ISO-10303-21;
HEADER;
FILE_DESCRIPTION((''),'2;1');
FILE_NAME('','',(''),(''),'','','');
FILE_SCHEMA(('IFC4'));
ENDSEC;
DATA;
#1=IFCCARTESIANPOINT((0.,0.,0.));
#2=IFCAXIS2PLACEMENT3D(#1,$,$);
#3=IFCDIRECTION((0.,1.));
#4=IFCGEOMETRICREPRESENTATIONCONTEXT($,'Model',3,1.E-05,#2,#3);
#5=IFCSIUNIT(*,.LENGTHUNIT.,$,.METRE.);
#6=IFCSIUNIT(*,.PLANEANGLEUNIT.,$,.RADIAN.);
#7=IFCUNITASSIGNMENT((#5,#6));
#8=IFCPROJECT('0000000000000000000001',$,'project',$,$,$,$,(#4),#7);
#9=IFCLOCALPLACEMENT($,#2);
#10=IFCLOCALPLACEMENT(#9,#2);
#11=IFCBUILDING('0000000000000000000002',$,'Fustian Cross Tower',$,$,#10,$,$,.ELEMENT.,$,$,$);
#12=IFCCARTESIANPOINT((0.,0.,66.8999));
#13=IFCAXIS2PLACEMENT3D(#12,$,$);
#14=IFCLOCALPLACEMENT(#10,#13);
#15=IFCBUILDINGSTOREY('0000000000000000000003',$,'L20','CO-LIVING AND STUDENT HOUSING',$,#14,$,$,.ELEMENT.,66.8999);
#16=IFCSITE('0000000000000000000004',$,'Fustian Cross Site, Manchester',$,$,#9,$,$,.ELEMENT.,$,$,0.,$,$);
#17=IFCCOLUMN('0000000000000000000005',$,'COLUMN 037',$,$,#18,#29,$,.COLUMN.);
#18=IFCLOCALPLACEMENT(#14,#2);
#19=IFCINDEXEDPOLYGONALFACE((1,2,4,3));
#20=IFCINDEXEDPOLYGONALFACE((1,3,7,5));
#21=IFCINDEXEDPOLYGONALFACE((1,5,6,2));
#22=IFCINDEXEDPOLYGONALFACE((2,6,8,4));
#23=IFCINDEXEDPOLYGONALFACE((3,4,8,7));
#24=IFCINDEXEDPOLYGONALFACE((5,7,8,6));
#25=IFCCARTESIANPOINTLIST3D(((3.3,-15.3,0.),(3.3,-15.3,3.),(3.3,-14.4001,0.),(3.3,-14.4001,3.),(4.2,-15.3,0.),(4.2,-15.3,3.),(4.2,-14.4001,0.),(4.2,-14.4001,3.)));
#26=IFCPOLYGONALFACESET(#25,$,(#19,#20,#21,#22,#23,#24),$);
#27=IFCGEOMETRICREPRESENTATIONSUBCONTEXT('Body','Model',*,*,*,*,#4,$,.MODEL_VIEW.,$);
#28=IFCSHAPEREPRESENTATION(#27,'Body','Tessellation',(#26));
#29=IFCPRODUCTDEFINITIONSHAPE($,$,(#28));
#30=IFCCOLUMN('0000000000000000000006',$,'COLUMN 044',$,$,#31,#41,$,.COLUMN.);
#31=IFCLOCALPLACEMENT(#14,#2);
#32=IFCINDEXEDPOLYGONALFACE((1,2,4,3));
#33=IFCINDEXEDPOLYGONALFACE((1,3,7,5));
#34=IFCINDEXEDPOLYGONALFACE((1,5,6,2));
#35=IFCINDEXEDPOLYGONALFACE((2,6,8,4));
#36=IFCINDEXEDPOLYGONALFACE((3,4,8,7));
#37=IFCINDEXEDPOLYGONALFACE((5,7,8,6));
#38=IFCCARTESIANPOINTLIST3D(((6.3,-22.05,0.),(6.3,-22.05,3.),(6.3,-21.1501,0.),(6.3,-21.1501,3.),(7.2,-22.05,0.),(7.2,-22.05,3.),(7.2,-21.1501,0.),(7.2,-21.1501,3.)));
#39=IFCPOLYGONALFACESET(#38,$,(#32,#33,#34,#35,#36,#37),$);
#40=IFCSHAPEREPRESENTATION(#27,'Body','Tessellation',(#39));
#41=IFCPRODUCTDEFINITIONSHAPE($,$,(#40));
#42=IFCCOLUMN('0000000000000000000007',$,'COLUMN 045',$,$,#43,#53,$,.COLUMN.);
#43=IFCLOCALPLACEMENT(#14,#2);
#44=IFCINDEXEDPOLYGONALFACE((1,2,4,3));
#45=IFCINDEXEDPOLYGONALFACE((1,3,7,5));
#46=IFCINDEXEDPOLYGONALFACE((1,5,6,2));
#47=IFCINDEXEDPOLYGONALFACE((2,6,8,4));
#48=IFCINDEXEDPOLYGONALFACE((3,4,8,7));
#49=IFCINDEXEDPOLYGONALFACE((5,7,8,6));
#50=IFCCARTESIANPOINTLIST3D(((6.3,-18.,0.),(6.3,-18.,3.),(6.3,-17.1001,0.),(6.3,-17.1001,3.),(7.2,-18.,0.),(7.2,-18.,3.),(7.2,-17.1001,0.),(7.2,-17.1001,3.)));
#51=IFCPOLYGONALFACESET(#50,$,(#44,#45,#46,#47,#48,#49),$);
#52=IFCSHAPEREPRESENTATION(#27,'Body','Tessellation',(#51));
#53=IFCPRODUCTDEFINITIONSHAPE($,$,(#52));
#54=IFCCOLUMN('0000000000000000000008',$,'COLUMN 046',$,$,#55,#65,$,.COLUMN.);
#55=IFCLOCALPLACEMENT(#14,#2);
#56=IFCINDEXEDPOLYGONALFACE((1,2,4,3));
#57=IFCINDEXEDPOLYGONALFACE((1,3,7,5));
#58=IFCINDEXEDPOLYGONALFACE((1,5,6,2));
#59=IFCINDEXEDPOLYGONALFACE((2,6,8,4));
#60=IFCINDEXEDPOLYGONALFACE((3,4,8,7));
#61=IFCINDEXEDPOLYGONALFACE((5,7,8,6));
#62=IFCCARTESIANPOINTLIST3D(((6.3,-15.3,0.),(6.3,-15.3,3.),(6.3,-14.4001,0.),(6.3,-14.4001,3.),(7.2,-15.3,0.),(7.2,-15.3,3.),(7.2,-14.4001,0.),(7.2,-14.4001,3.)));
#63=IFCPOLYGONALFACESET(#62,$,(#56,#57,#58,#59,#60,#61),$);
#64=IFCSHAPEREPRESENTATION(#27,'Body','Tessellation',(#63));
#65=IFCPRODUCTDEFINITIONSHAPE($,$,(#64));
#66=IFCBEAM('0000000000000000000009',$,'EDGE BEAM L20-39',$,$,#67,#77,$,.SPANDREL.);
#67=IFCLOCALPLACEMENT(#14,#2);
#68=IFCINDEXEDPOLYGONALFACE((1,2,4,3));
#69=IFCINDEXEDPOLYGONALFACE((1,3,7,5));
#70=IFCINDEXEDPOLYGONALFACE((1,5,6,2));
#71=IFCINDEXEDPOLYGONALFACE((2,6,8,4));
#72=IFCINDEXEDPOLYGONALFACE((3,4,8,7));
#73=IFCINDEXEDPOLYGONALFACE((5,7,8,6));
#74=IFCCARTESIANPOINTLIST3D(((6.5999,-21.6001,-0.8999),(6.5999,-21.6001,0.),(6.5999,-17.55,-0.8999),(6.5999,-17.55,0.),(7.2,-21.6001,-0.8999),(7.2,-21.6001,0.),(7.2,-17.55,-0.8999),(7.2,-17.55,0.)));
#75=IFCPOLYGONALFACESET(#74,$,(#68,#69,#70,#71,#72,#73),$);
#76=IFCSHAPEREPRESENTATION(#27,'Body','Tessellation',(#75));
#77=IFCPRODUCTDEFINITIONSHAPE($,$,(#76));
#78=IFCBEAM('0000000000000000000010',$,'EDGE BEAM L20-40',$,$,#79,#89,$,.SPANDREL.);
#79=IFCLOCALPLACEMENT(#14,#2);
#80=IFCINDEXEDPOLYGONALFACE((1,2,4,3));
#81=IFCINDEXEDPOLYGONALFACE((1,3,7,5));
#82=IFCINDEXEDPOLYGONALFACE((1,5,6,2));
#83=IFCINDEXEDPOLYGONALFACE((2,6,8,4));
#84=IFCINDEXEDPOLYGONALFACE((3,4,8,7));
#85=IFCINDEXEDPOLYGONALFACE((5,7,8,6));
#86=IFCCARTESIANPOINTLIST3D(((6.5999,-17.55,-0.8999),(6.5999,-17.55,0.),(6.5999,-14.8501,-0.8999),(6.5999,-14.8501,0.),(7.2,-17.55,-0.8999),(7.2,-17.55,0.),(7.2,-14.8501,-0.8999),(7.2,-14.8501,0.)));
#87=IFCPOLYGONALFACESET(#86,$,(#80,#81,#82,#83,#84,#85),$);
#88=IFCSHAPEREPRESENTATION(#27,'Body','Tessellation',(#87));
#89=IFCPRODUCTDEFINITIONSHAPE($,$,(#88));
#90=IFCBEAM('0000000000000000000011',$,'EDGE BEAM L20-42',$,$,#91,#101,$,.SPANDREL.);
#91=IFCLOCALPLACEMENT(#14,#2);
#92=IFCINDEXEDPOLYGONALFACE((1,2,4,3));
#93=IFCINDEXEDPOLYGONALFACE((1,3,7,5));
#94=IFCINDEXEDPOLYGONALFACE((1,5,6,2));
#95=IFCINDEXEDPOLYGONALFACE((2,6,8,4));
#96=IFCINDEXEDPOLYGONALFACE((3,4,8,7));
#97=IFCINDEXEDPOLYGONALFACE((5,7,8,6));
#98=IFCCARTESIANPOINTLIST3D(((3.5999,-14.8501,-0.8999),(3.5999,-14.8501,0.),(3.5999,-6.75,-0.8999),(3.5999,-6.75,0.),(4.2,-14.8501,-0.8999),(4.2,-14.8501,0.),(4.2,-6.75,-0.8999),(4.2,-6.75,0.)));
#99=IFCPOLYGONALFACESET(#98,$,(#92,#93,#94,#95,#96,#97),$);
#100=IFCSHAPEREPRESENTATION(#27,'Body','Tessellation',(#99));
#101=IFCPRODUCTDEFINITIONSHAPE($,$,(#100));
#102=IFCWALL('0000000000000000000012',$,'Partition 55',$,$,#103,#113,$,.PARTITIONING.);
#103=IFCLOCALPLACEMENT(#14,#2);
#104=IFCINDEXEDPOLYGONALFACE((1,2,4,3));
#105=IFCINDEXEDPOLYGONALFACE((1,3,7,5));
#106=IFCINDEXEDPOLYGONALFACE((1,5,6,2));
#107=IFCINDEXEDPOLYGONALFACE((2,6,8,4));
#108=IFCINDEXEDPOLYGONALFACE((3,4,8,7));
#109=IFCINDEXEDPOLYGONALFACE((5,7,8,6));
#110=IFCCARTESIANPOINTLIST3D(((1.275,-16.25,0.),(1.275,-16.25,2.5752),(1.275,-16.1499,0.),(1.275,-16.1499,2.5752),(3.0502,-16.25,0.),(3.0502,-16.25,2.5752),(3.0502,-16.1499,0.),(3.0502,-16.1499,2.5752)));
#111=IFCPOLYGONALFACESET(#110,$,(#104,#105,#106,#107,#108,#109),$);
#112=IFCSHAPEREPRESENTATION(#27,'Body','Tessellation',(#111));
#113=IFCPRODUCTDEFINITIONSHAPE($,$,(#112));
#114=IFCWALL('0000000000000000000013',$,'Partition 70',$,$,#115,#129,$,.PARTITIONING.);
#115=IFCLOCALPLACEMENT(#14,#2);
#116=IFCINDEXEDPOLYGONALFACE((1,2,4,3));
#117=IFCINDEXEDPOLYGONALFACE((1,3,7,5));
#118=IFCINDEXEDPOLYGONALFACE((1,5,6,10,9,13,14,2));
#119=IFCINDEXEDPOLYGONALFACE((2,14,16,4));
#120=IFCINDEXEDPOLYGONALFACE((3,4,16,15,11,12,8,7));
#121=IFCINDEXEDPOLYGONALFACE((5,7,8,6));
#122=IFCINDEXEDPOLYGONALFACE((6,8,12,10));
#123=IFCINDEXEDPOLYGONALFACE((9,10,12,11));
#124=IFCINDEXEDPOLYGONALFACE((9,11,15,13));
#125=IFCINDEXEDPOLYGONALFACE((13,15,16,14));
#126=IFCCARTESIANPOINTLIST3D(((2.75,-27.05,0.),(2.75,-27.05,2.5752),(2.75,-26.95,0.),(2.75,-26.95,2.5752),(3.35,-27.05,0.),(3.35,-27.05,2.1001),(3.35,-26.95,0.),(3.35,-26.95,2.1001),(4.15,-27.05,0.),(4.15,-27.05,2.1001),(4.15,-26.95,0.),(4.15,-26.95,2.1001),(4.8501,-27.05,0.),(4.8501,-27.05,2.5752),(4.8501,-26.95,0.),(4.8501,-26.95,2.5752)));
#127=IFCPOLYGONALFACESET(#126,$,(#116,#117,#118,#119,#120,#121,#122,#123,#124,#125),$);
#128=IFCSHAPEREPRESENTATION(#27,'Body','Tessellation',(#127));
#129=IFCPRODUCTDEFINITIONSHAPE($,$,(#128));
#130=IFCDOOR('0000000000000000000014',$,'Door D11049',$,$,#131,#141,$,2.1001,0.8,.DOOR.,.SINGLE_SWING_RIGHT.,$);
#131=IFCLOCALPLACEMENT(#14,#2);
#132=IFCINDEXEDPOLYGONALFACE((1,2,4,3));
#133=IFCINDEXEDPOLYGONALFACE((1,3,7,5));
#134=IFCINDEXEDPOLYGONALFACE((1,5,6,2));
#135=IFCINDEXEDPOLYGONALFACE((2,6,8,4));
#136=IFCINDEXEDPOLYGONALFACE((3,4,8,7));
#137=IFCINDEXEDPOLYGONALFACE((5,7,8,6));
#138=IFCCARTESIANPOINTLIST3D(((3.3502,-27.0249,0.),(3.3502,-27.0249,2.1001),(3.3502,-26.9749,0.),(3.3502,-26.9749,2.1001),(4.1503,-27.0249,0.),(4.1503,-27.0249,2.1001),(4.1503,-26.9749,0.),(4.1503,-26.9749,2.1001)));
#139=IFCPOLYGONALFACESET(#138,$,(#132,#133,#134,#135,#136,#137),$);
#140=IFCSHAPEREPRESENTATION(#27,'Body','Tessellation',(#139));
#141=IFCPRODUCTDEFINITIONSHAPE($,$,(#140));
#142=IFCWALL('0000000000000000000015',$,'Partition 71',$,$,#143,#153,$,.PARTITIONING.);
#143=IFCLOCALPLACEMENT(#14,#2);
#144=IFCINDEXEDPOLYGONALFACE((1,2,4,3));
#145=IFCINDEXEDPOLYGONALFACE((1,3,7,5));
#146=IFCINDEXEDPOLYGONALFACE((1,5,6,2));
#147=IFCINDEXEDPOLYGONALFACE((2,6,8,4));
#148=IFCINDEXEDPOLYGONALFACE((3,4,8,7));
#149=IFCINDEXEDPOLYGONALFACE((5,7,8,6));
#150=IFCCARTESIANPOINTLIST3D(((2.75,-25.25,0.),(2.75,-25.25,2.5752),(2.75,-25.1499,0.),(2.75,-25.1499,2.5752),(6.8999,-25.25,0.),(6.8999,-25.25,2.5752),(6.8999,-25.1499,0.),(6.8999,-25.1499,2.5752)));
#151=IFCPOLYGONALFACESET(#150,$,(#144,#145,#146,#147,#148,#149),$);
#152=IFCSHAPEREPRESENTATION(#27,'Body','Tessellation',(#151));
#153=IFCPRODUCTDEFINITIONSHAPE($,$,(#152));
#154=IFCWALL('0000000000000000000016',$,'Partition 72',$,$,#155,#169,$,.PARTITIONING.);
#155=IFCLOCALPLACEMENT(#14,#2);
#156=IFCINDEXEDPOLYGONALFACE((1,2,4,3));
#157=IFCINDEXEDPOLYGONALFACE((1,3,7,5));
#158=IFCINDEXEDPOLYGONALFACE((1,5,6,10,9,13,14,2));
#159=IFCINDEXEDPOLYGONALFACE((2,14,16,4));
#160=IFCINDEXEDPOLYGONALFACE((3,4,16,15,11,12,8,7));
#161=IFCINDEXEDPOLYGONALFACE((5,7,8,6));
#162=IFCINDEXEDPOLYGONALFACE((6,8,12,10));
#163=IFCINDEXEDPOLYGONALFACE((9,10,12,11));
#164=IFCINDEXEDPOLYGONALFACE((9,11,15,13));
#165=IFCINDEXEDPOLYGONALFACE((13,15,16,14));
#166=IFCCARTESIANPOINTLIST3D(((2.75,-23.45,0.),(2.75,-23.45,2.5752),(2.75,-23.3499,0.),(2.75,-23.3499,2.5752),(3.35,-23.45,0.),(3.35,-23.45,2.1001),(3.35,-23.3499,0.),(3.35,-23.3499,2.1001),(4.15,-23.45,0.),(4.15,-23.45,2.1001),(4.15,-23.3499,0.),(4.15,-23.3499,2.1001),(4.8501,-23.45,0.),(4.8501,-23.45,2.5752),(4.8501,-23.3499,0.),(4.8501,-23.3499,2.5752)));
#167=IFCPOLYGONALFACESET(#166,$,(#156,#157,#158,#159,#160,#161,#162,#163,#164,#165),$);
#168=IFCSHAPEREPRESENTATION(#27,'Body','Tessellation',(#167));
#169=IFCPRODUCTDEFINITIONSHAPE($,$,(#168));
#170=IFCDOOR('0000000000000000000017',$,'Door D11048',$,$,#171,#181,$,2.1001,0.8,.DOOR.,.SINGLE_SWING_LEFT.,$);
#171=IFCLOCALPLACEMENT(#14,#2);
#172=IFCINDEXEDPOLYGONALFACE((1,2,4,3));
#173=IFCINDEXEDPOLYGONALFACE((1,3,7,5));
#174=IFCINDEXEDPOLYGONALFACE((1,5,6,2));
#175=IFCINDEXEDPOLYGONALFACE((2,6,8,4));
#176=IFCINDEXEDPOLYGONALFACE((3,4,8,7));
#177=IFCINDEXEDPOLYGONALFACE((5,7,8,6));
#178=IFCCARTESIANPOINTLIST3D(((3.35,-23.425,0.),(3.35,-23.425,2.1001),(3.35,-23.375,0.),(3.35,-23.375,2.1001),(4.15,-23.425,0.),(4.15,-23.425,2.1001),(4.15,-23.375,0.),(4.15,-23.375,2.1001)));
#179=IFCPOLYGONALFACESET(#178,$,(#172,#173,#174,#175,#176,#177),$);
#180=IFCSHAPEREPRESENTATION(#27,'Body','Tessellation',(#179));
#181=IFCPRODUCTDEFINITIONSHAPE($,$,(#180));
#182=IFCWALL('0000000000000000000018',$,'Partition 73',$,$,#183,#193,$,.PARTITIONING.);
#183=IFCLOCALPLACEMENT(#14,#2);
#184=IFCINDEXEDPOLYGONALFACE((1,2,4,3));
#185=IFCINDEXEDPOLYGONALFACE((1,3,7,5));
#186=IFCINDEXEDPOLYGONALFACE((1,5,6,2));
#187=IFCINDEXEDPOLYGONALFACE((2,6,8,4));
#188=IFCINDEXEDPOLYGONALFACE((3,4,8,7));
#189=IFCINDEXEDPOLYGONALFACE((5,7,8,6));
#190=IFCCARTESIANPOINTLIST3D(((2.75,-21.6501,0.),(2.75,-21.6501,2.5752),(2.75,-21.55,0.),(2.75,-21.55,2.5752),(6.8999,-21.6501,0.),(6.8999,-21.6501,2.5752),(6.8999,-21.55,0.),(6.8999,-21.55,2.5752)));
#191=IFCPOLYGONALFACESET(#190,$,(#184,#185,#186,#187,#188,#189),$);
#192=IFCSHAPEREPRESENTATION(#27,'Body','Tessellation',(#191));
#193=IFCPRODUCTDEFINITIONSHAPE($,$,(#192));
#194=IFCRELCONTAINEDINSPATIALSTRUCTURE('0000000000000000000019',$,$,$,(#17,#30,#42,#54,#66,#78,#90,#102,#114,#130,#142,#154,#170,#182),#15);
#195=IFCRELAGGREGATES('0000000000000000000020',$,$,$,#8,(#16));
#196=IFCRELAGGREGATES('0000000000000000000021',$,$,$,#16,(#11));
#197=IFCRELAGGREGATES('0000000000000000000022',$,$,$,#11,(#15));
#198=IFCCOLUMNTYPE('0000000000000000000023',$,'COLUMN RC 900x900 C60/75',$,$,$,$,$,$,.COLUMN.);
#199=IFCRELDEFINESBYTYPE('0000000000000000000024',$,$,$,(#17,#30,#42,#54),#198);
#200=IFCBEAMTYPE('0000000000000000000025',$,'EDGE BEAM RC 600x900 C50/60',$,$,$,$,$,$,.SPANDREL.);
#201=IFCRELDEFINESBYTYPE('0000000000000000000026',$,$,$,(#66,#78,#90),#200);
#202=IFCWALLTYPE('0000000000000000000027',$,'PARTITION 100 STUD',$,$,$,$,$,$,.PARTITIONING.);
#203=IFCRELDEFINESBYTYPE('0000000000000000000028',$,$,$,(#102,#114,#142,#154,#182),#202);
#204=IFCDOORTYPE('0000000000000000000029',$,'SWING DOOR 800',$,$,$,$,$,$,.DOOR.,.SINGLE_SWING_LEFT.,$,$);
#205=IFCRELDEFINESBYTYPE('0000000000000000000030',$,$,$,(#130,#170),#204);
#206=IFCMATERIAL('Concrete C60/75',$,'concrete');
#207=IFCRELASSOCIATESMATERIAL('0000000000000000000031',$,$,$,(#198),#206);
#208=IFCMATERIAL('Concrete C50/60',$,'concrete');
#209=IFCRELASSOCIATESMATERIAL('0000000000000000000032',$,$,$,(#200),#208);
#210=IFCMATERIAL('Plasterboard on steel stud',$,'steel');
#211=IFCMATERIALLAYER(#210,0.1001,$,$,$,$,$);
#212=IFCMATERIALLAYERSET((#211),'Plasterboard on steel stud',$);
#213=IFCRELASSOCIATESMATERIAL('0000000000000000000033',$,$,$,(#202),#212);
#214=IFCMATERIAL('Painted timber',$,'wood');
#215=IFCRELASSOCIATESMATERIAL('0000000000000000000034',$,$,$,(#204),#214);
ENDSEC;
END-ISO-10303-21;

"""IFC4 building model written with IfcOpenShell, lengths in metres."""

from ifc_helpers import new_model, si_unit, direction, frame, frame_2d, origin, origin_2d, place, context, subcontext, project, spatial, rectangle, extrude, material, layer, layer_set, material_profile, profile_set, type_object, element, fill, save


model = new_model("IFC4")

# Units and contexts
model_context = context("Model", 3, precision=1e-05, world=origin(), true_north=direction((0.0, 1.0)))
body_context = subcontext(model_context, "Body", "Model", "MODEL_VIEW")
ifc_project = project(units=[si_unit("LENGTHUNIT", "METRE"), si_unit("PLANEANGLEUNIT", "RADIAN")], contexts=[model_context])

# Site, building, storey
site_placement = place(None, origin())
site = spatial("IfcSite", under=ifc_project, at=site_placement, Name="Fustian Cross Site, Manchester", CompositionType="ELEMENT", RefElevation=0.0)
building_placement = place(site_placement, origin())
building = spatial("IfcBuilding", under=site, at=building_placement, Name="Fustian Cross Tower", CompositionType="ELEMENT")
storey_placement = place(building_placement, frame((0.0, 0.0, 66.8999)))
storey = spatial("IfcBuildingStorey", under=building, at=storey_placement, Name="L20", Description="CO-LIVING AND STUDENT HOUSING", CompositionType="ELEMENT", Elevation=66.8999)

# Columns
ifc_material_1 = material(Name="Concrete C60/75", Category="concrete")
ifc_material_profile_1 = material_profile(ifc_material_1, rectangle(XDim=0.8999, YDim=0.8999, at=origin_2d()), Name="RC 900x900")
ifc_profile_set_1 = profile_set([ifc_material_profile_1], Name="Concrete C60/75")
column_type = type_object("IfcColumnType", Name="COLUMN RC 900x900 C60/75", PredefinedType="COLUMN", material=ifc_profile_set_1)
for number, where, z_axis, x_axis, name in (
    (1, (3.75, -14.8501, 0.0), (0.0, 0.0, 1.0), (1.0, 0.0, 0.0), "COLUMN 037"),
    (2, (6.75, -21.6001, 0.0), (0.0, 0.0, 1.0), (1.0, 0.0, 0.0), "COLUMN 044"),
    (3, (6.75, -17.55, 0.0), (0.0, 0.0, 1.0), (1.0, 0.0, 0.0), "COLUMN 045"),
    (4, (6.75, -14.8501, 0.0), (0.0, 0.0, 1.0), (1.0, 0.0, 0.0), "COLUMN 046"),
):
    element("IfcColumn", number, at=place(storey_placement, frame(where, z_axis=z_axis, x_axis=x_axis)), inside=storey, type_object=column_type, Name=name, PredefinedType="COLUMN", context=body_context, shape_type="SweptSolid", body=[
        extrude(rectangle(XDim=0.8999, YDim=0.8999, at=origin_2d()), origin(), (0.0, 0.0, 1.0), 3.0),
    ])

# Beams
ifc_material_2 = material(Name="Concrete C50/60", Category="concrete")
ifc_material_profile_2 = material_profile(ifc_material_2, rectangle(XDim=0.6001, YDim=0.8999, at=origin_2d()), Name="RC 600x900")
ifc_profile_set_2 = profile_set([ifc_material_profile_2], Name="Concrete C50/60")
beam_type = type_object("IfcBeamType", Name="EDGE BEAM RC 600x900 C50/60", PredefinedType="SPANDREL", material=ifc_profile_set_2)
beam_1_placement = place(storey_placement, frame((6.8999, -21.6001, -0.45), z_axis=(0.0, 1.0, 0.0), x_axis=(-1.0, 0.0, 0.0)))
element("IfcBeam", 5, at=beam_1_placement, inside=storey, type_object=beam_type, Name="EDGE BEAM L20-39", PredefinedType="SPANDREL", context=body_context, shape_type="SweptSolid", body=[
    extrude(rectangle(XDim=0.6001, YDim=0.8999, at=origin_2d()), origin(), (0.0, 0.0, 1.0), 4.05),
])
beam_2_placement = place(storey_placement, frame((6.8999, -17.55, -0.45), z_axis=(0.0, 1.0, 0.0), x_axis=(-1.0, 0.0, 0.0)))
element("IfcBeam", 6, at=beam_2_placement, inside=storey, type_object=beam_type, Name="EDGE BEAM L20-40", PredefinedType="SPANDREL", context=body_context, shape_type="SweptSolid", body=[
    extrude(rectangle(XDim=0.6001, YDim=0.8999, at=origin_2d()), origin(), (0.0, 0.0, 1.0), 2.7),
])
beam_3_placement = place(storey_placement, frame((3.8999, -14.8501, -0.45), z_axis=(0.0, 1.0, 0.0), x_axis=(-1.0, 0.0, 0.0)))
element("IfcBeam", 7, at=beam_3_placement, inside=storey, type_object=beam_type, Name="EDGE BEAM L20-42", PredefinedType="SPANDREL", context=body_context, shape_type="SweptSolid", body=[
    extrude(rectangle(XDim=0.6001, YDim=0.8999, at=origin_2d()), origin(), (0.0, 0.0, 1.0), 8.1001),
])

# Wall
ifc_material_3 = material(Name="Plasterboard on steel stud", Category="steel")
ifc_layer_1 = layer(ifc_material_3, 0.1001)
ifc_layer_set_1 = layer_set([ifc_layer_1], Name="Plasterboard on steel stud")
wall_type_1 = type_object("IfcWallType", Name="PARTITION 100 STUD", PredefinedType="PARTITIONING", material=ifc_layer_set_1)
wall_1_placement = place(storey_placement, frame((1.2749, -16.2, 0.0), z_axis=(0.0, 0.0, 1.0), x_axis=(1.0, 0.0, 0.0)))
element("IfcWall", 8, at=wall_1_placement, inside=storey, type_object=wall_type_1, Name="Partition 55", PredefinedType="PARTITIONING", context=body_context, shape_type="SweptSolid", body=[
    extrude(rectangle(XDim=1.7751, YDim=0.1001, at=frame_2d((0.8877, 0.0))), origin(), (0.0, 0.0, 1.0), 2.5752),
])

# Wall, opening, door
wall_2_placement = place(storey_placement, frame((2.75, -27.0, 0.0), z_axis=(0.0, 0.0, 1.0), x_axis=(1.0, 0.0, 0.0)))
wall_2 = element("IfcWall", 9, at=wall_2_placement, inside=storey, type_object=wall_type_1, Name="Partition 70", PredefinedType="PARTITIONING", context=body_context, shape_type="SweptSolid", body=[
    extrude(rectangle(XDim=2.1001, YDim=0.1001, at=frame_2d((1.05, 0.0))), origin(), (0.0, 0.0, 1.0), 2.5752),
])
opening_1_placement = place(wall_2_placement, frame((0.6001, 0.0, 0.0)))
opening_1 = element("IfcOpeningElement", 10, at=opening_1_placement, cuts=wall_2, PredefinedType="OPENING", context=body_context, shape_type="SweptSolid", body=[
    extrude(rectangle(XDim=0.8, YDim=2.1001, at=frame_2d((0.3999, 1.05))), frame((0.0, 0.0601, 0.0), z_axis=(0.0, -1.0, 0.0), x_axis=(1.0, 0.0, 0.0)), (0.0, 0.0, 1.0), 0.1201),
])
ifc_material_4 = material(Name="Painted timber", Category="wood")
door_type = type_object("IfcDoorType", Name="SWING DOOR 800", OperationType="SINGLE_SWING_LEFT", PredefinedType="DOOR", material=ifc_material_4)
door_1_placement = place(opening_1_placement, frame((0.8, 0.0, 0.0), z_axis=(0.0, 0.0, 1.0), x_axis=(-1.0, 0.0, 0.0)))
door_1 = element("IfcDoor", 11, at=door_1_placement, inside=storey, type_object=door_type, Name="Door D11049", OperationType="SINGLE_SWING_RIGHT", OverallHeight=2.1001, OverallWidth=0.8, PredefinedType="DOOR", context=body_context, shape_type="SweptSolid", body=[
    extrude(rectangle(XDim=0.8, YDim=2.1001, at=frame_2d((0.3999, 1.05))), frame((0.0, 0.0249, 0.0), z_axis=(0.0, -1.0, 0.0), x_axis=(1.0, 0.0, 0.0)), (0.0, 0.0, 1.0), 0.05),
])
fill(opening_1, door_1)

# Wall
wall_3_placement = place(storey_placement, frame((2.75, -25.2, 0.0), z_axis=(0.0, 0.0, 1.0), x_axis=(1.0, 0.0, 0.0)))
element("IfcWall", 12, at=wall_3_placement, inside=storey, type_object=wall_type_1, Name="Partition 71", PredefinedType="PARTITIONING", context=body_context, shape_type="SweptSolid", body=[
    extrude(rectangle(XDim=4.1499, YDim=0.1001, at=frame_2d((2.075, 0.0))), origin(), (0.0, 0.0, 1.0), 2.5752),
])

# Wall, opening, door
wall_4_placement = place(storey_placement, frame((2.75, -23.3999, 0.0), z_axis=(0.0, 0.0, 1.0), x_axis=(1.0, 0.0, 0.0)))
wall_4 = element("IfcWall", 13, at=wall_4_placement, inside=storey, type_object=wall_type_1, Name="Partition 72", PredefinedType="PARTITIONING", context=body_context, shape_type="SweptSolid", body=[
    extrude(rectangle(XDim=2.1001, YDim=0.1001, at=frame_2d((1.05, 0.0))), origin(), (0.0, 0.0, 1.0), 2.5752),
])
opening_2_placement = place(wall_4_placement, frame((0.6001, 0.0, 0.0)))
opening_2 = element("IfcOpeningElement", 14, at=opening_2_placement, cuts=wall_4, PredefinedType="OPENING", context=body_context, shape_type="SweptSolid", body=[
    extrude(rectangle(XDim=0.8, YDim=2.1001, at=frame_2d((0.3999, 1.05))), frame((0.0, 0.0601, 0.0), z_axis=(0.0, -1.0, 0.0), x_axis=(1.0, 0.0, 0.0)), (0.0, 0.0, 1.0), 0.1201),
])
door_2_placement = place(opening_2_placement, origin())
door_2 = element("IfcDoor", 15, at=door_2_placement, inside=storey, type_object=door_type, Name="Door D11048", OperationType="SINGLE_SWING_LEFT", OverallHeight=2.1001, OverallWidth=0.8, PredefinedType="DOOR", context=body_context, shape_type="SweptSolid", body=[
    extrude(rectangle(XDim=0.8, YDim=2.1001, at=frame_2d((0.3999, 1.05))), frame((0.0, 0.0249, 0.0), z_axis=(0.0, -1.0, 0.0), x_axis=(1.0, 0.0, 0.0)), (0.0, 0.0, 1.0), 0.05),
])
fill(opening_2, door_2)

# Wall
wall_5_placement = place(storey_placement, frame((2.75, -21.6001, 0.0), z_axis=(0.0, 0.0, 1.0), x_axis=(1.0, 0.0, 0.0)))
element("IfcWall", 16, at=wall_5_placement, inside=storey, type_object=wall_type_1, Name="Partition 73", PredefinedType="PARTITIONING", context=body_context, shape_type="SweptSolid", body=[
    extrude(rectangle(XDim=4.1499, YDim=0.1001, at=frame_2d((2.075, 0.0))), origin(), (0.0, 0.0, 1.0), 2.5752),
])

save(model, "model.ifc")
